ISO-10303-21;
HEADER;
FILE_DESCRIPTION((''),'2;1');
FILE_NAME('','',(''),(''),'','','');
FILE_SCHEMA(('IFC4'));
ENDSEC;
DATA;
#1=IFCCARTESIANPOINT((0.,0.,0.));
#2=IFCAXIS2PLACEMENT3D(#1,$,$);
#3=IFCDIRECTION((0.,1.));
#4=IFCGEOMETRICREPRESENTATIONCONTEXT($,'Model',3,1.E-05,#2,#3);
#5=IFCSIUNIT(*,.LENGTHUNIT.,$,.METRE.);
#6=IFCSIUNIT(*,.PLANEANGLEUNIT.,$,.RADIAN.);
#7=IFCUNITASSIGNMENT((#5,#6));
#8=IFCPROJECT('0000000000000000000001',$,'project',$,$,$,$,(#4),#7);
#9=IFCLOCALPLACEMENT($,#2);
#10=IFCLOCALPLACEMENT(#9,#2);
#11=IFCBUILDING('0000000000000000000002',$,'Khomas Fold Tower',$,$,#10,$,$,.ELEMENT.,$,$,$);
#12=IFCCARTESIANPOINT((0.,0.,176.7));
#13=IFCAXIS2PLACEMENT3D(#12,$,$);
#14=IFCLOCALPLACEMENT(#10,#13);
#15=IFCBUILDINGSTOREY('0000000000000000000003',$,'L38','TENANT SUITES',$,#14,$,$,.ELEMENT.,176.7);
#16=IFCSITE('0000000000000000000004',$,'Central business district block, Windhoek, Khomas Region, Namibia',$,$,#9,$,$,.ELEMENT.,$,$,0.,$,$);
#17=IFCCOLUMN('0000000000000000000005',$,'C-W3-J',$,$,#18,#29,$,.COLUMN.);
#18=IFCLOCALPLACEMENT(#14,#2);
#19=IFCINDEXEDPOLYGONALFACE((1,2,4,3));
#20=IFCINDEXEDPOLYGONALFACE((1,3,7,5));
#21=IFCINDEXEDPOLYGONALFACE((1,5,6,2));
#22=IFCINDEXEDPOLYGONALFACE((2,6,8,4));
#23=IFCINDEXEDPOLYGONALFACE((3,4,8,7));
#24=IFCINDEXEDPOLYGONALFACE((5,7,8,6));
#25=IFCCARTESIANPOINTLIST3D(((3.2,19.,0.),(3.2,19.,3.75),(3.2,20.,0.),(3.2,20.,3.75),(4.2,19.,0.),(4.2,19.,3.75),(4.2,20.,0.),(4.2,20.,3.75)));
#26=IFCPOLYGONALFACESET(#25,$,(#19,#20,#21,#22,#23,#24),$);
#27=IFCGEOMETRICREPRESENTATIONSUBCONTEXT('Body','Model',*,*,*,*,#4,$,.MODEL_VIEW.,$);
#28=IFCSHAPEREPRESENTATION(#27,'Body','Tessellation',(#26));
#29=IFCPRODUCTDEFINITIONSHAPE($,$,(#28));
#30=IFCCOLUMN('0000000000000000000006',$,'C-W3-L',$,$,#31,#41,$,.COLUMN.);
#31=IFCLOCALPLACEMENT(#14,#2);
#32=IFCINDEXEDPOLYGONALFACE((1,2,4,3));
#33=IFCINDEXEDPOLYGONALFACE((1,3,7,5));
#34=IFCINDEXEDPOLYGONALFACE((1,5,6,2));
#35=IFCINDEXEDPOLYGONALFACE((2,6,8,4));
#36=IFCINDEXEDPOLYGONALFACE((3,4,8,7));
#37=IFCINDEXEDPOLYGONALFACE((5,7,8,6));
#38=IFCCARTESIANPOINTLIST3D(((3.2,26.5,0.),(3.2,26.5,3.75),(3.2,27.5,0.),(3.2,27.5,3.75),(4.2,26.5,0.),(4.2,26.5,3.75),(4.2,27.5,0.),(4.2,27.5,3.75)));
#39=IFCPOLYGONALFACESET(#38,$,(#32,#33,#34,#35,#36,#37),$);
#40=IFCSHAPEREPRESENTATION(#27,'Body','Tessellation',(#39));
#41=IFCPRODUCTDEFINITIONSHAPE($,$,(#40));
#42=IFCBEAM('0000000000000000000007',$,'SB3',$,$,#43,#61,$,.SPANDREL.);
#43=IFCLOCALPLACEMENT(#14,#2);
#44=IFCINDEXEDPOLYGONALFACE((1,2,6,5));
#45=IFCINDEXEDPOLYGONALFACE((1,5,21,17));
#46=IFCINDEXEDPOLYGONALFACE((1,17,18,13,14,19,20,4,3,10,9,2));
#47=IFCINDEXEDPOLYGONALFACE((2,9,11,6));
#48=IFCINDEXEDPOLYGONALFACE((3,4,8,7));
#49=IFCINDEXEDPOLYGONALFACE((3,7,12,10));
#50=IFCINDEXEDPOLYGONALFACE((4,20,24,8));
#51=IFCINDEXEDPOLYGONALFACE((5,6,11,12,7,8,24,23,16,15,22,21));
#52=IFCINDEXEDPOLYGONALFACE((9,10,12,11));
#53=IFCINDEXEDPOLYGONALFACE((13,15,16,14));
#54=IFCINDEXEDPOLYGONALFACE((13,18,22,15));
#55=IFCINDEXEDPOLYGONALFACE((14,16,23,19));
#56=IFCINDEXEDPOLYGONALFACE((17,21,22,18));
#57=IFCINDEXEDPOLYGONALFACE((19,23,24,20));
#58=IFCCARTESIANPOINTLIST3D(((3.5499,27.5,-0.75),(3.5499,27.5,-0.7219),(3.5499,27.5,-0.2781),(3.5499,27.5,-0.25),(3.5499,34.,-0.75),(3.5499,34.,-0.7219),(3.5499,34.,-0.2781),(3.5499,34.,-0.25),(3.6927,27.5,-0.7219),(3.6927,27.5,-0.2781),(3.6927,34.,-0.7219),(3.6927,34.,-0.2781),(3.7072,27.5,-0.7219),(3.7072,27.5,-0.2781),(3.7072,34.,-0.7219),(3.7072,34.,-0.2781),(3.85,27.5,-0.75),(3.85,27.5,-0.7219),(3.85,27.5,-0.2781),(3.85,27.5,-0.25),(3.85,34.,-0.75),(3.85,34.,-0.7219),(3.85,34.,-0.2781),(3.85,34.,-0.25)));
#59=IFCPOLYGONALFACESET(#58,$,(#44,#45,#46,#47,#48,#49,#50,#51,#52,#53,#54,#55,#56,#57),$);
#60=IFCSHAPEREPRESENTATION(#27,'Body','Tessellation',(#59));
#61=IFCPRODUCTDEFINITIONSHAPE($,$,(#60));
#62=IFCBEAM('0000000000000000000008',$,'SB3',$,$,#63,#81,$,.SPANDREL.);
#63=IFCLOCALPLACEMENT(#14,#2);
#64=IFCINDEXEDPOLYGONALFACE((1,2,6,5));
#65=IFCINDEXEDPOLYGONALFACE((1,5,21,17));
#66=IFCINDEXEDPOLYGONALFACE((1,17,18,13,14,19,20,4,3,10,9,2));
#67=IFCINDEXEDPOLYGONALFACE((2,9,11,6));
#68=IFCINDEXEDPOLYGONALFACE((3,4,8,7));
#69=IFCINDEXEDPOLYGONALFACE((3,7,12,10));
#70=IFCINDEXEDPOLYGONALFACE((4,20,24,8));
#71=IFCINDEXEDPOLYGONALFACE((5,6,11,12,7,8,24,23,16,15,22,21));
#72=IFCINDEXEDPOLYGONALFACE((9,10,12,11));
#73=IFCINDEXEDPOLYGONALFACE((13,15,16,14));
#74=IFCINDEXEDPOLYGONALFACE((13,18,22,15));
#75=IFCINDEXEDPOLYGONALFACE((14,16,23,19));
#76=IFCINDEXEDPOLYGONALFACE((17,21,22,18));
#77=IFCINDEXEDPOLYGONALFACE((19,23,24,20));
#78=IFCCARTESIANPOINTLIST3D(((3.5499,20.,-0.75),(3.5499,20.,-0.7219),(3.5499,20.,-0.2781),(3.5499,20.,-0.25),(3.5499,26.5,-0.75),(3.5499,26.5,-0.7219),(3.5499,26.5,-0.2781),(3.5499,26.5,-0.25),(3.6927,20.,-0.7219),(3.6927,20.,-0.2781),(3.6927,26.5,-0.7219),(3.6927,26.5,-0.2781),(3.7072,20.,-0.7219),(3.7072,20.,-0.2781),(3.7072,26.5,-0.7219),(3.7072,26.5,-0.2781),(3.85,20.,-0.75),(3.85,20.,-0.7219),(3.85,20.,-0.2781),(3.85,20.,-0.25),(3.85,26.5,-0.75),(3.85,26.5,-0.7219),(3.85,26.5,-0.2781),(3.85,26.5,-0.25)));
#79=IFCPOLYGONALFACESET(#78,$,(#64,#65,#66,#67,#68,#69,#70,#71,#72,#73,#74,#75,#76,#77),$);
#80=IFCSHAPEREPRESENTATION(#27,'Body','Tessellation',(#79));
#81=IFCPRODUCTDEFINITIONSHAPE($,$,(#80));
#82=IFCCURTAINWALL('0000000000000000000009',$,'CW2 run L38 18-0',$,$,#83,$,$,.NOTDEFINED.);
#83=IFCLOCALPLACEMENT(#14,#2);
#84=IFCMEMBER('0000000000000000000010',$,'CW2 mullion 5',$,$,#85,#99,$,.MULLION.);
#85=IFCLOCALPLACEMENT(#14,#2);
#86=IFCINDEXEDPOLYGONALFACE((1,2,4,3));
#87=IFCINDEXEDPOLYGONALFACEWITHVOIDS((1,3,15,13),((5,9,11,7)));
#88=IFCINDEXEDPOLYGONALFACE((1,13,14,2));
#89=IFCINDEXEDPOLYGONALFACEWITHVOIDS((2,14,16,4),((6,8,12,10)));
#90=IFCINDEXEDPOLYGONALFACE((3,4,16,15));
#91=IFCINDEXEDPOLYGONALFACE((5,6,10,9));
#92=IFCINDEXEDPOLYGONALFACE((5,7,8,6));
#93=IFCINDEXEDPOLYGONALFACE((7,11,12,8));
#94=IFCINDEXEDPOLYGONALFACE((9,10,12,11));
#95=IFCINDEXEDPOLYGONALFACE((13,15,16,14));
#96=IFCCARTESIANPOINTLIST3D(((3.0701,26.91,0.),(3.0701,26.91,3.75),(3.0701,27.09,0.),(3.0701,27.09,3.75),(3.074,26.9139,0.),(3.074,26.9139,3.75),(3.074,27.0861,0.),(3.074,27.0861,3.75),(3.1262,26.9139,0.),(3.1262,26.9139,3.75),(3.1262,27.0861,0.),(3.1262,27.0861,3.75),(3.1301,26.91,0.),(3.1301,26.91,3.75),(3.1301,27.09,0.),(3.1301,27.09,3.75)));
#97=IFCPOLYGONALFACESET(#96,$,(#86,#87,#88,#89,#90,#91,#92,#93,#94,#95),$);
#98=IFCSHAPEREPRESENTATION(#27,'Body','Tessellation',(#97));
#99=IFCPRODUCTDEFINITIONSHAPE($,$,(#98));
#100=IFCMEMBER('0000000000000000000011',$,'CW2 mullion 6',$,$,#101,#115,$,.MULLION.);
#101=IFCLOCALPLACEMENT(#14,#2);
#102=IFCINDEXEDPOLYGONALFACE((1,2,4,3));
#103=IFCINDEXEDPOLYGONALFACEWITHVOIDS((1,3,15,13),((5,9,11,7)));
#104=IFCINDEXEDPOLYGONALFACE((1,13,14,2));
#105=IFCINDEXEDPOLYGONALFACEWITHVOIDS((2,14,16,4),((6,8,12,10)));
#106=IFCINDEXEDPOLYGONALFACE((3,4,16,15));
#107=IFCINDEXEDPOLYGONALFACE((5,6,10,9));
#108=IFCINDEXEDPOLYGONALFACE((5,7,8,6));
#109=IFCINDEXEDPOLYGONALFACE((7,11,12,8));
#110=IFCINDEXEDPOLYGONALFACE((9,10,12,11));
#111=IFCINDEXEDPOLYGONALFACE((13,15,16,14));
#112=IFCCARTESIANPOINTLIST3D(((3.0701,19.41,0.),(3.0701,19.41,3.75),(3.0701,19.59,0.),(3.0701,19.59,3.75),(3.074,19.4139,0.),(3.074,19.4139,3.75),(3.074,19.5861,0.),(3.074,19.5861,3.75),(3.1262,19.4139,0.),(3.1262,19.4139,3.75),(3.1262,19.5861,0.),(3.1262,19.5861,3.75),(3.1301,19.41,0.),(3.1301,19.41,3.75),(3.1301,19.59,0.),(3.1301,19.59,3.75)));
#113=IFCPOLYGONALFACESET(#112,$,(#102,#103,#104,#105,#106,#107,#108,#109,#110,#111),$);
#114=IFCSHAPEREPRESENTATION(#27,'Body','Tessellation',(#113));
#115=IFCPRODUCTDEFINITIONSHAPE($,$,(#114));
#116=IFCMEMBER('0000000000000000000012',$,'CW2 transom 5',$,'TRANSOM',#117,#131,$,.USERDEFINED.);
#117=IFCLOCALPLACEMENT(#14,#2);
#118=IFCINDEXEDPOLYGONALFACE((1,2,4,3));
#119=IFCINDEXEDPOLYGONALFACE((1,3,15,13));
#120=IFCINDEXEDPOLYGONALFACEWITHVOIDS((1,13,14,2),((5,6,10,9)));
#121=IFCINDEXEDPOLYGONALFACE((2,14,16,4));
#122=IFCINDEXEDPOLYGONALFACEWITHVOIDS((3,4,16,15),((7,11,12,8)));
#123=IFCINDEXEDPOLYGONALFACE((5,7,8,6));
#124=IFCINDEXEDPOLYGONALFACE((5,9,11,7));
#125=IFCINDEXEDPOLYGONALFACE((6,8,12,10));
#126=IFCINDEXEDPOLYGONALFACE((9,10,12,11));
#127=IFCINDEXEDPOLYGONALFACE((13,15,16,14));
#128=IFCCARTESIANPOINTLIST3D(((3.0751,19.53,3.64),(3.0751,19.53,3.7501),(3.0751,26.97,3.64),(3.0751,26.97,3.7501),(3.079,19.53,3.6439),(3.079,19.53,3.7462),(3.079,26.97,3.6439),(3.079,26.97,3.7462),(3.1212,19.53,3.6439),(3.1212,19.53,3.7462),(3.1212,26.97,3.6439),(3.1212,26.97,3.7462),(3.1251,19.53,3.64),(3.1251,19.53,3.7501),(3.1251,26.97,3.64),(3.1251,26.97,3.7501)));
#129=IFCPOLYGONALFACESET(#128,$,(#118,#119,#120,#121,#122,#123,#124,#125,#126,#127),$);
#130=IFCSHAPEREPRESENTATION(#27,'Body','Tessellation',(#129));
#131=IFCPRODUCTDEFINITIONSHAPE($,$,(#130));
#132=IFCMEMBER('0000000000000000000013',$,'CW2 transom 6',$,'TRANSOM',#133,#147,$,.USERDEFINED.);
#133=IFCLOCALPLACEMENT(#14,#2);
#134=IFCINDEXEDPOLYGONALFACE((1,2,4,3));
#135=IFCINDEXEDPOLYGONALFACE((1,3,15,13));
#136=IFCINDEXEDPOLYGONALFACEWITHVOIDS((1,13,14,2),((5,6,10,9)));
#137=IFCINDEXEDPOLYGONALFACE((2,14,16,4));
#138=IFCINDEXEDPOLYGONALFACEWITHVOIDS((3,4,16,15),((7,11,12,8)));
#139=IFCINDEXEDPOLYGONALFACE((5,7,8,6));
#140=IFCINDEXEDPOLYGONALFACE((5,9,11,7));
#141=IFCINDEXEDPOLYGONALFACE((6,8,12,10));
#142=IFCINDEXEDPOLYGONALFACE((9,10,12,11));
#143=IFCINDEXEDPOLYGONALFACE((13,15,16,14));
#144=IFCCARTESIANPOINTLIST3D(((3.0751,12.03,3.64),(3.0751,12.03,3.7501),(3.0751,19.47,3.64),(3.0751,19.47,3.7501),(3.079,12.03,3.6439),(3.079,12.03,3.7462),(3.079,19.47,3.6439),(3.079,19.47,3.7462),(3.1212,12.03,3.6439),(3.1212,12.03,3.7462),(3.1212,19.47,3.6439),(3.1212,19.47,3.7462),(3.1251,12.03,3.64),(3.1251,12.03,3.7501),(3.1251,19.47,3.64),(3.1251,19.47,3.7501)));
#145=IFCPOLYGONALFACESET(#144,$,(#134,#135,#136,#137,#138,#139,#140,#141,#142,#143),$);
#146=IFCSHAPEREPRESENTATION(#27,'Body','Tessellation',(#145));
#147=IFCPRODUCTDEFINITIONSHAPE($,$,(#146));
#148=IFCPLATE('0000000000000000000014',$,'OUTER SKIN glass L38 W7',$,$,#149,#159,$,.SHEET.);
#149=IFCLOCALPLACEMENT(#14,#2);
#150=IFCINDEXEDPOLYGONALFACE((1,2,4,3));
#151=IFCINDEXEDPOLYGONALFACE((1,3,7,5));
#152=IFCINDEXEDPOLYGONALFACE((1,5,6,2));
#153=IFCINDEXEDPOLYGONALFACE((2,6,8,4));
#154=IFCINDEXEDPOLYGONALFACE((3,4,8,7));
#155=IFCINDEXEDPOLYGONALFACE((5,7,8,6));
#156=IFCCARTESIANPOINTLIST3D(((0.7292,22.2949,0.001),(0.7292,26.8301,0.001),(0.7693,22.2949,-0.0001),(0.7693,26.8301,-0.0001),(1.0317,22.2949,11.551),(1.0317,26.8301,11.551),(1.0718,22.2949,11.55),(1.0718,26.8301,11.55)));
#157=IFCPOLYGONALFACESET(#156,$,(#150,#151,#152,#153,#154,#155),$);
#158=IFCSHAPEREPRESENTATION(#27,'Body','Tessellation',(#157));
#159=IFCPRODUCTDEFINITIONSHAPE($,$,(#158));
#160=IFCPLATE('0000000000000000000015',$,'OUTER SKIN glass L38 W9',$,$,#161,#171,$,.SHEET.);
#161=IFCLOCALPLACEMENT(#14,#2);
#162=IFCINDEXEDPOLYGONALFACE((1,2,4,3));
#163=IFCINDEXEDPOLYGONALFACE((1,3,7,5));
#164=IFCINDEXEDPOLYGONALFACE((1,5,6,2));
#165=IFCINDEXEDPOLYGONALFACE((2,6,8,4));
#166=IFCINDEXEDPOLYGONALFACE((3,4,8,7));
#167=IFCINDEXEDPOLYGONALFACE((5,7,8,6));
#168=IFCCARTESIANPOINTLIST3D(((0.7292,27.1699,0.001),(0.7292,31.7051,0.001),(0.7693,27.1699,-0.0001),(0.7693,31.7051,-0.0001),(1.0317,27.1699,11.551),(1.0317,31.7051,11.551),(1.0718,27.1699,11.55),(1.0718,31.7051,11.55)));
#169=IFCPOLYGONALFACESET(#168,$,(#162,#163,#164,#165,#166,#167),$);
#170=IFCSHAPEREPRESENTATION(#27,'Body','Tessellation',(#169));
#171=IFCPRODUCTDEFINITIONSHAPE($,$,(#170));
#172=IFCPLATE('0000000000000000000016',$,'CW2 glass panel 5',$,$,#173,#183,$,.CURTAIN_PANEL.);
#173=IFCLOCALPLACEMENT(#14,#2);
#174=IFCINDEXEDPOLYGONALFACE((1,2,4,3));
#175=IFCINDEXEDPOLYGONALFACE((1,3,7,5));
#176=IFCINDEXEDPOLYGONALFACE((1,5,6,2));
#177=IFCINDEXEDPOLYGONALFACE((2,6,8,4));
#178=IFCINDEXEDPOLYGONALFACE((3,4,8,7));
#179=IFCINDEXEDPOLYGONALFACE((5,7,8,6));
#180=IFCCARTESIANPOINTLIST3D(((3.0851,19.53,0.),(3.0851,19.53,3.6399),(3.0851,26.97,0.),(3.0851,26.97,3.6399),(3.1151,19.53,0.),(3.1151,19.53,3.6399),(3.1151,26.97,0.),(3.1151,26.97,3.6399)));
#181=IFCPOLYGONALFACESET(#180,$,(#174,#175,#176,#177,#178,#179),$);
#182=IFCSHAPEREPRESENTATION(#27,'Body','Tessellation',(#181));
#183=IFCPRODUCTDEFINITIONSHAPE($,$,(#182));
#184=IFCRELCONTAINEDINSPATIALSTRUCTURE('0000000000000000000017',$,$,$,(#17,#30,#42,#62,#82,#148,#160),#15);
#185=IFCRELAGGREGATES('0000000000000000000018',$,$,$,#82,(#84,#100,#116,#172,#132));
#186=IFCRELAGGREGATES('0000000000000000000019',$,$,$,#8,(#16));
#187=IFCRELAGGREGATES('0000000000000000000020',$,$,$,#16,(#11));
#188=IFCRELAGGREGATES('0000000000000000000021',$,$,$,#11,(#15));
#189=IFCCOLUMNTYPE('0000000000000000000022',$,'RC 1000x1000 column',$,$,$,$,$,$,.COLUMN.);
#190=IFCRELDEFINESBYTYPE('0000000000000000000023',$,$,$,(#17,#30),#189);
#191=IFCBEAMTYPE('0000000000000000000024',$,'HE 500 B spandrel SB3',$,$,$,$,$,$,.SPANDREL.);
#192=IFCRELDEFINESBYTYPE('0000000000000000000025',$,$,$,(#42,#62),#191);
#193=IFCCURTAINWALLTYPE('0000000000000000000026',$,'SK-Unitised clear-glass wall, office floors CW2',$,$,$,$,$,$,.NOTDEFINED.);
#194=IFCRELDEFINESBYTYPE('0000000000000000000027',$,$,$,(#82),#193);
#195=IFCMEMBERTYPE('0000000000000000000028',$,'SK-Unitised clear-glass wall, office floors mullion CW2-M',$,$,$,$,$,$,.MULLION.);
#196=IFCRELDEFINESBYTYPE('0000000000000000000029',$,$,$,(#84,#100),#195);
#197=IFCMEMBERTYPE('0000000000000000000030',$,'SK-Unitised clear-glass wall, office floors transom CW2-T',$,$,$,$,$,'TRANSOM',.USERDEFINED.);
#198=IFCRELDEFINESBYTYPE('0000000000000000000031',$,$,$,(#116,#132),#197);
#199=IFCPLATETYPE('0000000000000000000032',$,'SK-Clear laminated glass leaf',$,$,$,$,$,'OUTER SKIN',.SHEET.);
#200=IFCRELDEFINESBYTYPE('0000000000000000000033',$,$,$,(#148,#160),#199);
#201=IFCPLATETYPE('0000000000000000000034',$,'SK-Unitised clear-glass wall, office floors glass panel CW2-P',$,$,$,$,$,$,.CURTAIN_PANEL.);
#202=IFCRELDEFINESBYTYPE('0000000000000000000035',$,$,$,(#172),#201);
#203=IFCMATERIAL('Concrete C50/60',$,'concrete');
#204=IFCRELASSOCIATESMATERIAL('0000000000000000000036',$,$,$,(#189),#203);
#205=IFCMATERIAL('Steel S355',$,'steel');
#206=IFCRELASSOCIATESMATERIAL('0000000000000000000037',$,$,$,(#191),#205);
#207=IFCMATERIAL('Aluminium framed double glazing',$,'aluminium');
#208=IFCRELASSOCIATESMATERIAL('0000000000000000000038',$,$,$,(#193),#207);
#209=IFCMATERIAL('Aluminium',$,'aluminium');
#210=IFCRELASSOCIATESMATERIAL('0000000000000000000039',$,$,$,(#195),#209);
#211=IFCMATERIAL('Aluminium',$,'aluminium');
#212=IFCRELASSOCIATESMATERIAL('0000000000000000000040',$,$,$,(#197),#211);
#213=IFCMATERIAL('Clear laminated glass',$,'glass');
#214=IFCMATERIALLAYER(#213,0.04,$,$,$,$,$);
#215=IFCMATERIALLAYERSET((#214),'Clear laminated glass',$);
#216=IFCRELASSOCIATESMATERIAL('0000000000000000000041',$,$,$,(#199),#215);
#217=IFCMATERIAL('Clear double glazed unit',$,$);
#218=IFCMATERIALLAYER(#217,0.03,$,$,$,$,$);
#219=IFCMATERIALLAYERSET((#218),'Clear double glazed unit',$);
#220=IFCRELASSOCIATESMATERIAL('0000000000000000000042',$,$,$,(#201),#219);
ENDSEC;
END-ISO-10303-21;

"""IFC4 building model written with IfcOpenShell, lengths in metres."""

from ifc_helpers import new_model, si_unit, direction, frame, origin, origin_2d, place, context, subcontext, project, spatial, polyline, rectangle, hollow_rectangle, i_section, outline, extrude, source, transform, mapped, material, layer, layer_set, material_profile, profile_set, type_object, element, aggregate, save


model = new_model("IFC4")

# Units and contexts
model_context = context("Model", 3, precision=1e-05, world=origin(), true_north=direction((0.0, 1.0)))
body_context = subcontext(model_context, "Body", "Model", "MODEL_VIEW")
ifc_project = project(units=[si_unit("LENGTHUNIT", "METRE"), si_unit("PLANEANGLEUNIT", "RADIAN")], contexts=[model_context])

# Site, building, storey
site_placement = place(None, origin())
site = spatial("IfcSite", under=ifc_project, at=site_placement, Name="Central business district block, Windhoek, Khomas Region, Namibia", CompositionType="ELEMENT", RefElevation=0.0)
building_placement = place(site_placement, origin())
building = spatial("IfcBuilding", under=site, at=building_placement, Name="Khomas Fold Tower", CompositionType="ELEMENT")
storey_placement = place(building_placement, frame((0.0, 0.0, 176.7)))
storey = spatial("IfcBuildingStorey", under=building, at=storey_placement, Name="L38", Description="TENANT SUITES", CompositionType="ELEMENT", Elevation=176.7)

# Columns
ifc_material_1 = material(Name="Concrete C50/60", Category="concrete")
ifc_material_profile_1 = material_profile(ifc_material_1, rectangle(XDim=1.0, YDim=1.0, at=origin_2d()), Name="RC 1000x1000")
ifc_profile_set_1 = profile_set([ifc_material_profile_1], Name="Concrete C50/60")
column_type = type_object("IfcColumnType", Name="RC 1000x1000 column", PredefinedType="COLUMN", material=ifc_profile_set_1)
shared_shape_1 = source(origin(), body_context, "Body", "SweptSolid", [
    extrude(rectangle(XDim=1.0, YDim=1.0, at=origin_2d()), origin(), (0.0, 0.0, 1.0), 3.75),
])
for number, where, z_axis, x_axis, name in (
    (1, (3.7, 19.5, 0.0), (0.0, 0.0, 1.0), (1.0, 0.0, 0.0), "C-W3-J"),
    (2, (3.7, 27.0, 0.0), (0.0, 0.0, 1.0), (1.0, 0.0, 0.0), "C-W3-L"),
):
    element("IfcColumn", number, at=place(storey_placement, frame(where, z_axis=z_axis, x_axis=x_axis)), inside=storey, type_object=column_type, Name=name, PredefinedType="COLUMN", context=body_context, shape_type="MappedRepresentation", body=[
        mapped(shared_shape_1, transform((0.0, 0.0, 0.0))),
    ])

# Beams
ifc_material_2 = material(Name="Steel S355", Category="steel")
ifc_material_profile_2 = material_profile(ifc_material_2, i_section(OverallWidth=0.3, OverallDepth=0.5, WebThickness=0.0144, FlangeThickness=0.0281, at=origin_2d()), Name="HE 500 B")
ifc_profile_set_2 = profile_set([ifc_material_profile_2], Name="Steel S355")
beam_type = type_object("IfcBeamType", Name="HE 500 B spandrel SB3", PredefinedType="SPANDREL", material=ifc_profile_set_2)
shared_shape_2 = source(origin(), body_context, "Body", "SweptSolid", [
    extrude(i_section(OverallWidth=0.3, OverallDepth=0.5, WebThickness=0.0144, FlangeThickness=0.0281, at=origin_2d()), origin(), (0.0, 0.0, 1.0), 6.5),
])
for number, where, z_axis, x_axis, name in (
    (3, (3.7, 27.5, -0.5), (0.0, 1.0, 0.0), (-1.0, 0.0, 0.0), "SB3"),
    (4, (3.7, 20.0, -0.5), (0.0, 1.0, 0.0), (-1.0, 0.0, 0.0), "SB3"),
):
    element("IfcBeam", number, at=place(storey_placement, frame(where, z_axis=z_axis, x_axis=x_axis)), inside=storey, type_object=beam_type, Name=name, PredefinedType="SPANDREL", context=body_context, shape_type="MappedRepresentation", body=[
        mapped(shared_shape_2, transform((0.0, 0.0, 0.0))),
    ])

# Curtain wall, members
ifc_material_3 = material(Name="Aluminium framed double glazing", Category="aluminium")
curtain_wall_type = type_object("IfcCurtainWallType", Name="SK-Unitised clear-glass wall, office floors CW2", PredefinedType="NOTDEFINED", material=ifc_material_3)
curtain_wall_placement = place(storey_placement, origin())
curtain_wall = element("IfcCurtainWall", 5, at=curtain_wall_placement, inside=storey, type_object=curtain_wall_type, Name="CW2 run L38 18-0", PredefinedType="NOTDEFINED")
ifc_material_4 = material(Name="Aluminium", Category="aluminium")
ifc_material_profile_3 = material_profile(ifc_material_4, hollow_rectangle(XDim=0.0601, YDim=0.1799, WallThickness=0.0039, at=origin_2d()), Name="SK-Unitised clear-glass wall, office floors mullion CW2-M")
ifc_profile_set_3 = profile_set([ifc_material_profile_3], Name="Aluminium")
member_type_1 = type_object("IfcMemberType", Name="SK-Unitised clear-glass wall, office floors mullion CW2-M", PredefinedType="MULLION", material=ifc_profile_set_3)
shared_shape_3 = source(origin(), body_context, "Body", "SweptSolid", [
    extrude(hollow_rectangle(XDim=0.0601, YDim=0.1799, WallThickness=0.0039, at=origin_2d()), origin(), (0.0, 0.0, 1.0), 3.75),
])
member_1_placement = place(storey_placement, frame((3.1001, 27.0, 0.0), z_axis=(0.0, 0.0, 1.0), x_axis=(1.0, 0.0, 0.0)))
member_1 = element("IfcMember", 6, at=member_1_placement, type_object=member_type_1, Name="CW2 mullion 5", PredefinedType="MULLION", context=body_context, shape_type="MappedRepresentation", body=[
    mapped(shared_shape_3, transform((0.0, 0.0, 0.0))),
])
member_2_placement = place(storey_placement, frame((3.1001, 19.5, 0.0), z_axis=(0.0, 0.0, 1.0), x_axis=(1.0, 0.0, 0.0)))
member_2 = element("IfcMember", 7, at=member_2_placement, type_object=member_type_1, Name="CW2 mullion 6", PredefinedType="MULLION", context=body_context, shape_type="MappedRepresentation", body=[
    mapped(shared_shape_3, transform((0.0, 0.0, 0.0))),
])
ifc_material_5 = material(Name="Aluminium", Category="aluminium")
ifc_material_profile_4 = material_profile(ifc_material_5, hollow_rectangle(XDim=0.05, YDim=0.1101, WallThickness=0.0039, at=origin_2d()), Name="SK-Unitised clear-glass wall, office floors transom CW2-T")
ifc_profile_set_4 = profile_set([ifc_material_profile_4], Name="Aluminium")
member_type_2 = type_object("IfcMemberType", Name="SK-Unitised clear-glass wall, office floors transom CW2-T", ElementType="TRANSOM", PredefinedType="USERDEFINED", material=ifc_profile_set_4)
shared_shape_4 = source(origin(), body_context, "Body", "SweptSolid", [
    extrude(hollow_rectangle(XDim=0.05, YDim=0.1101, WallThickness=0.0039, at=origin_2d()), origin(), (0.0, 0.0, 1.0), 7.4399),
])
member_3_placement = place(storey_placement, frame((3.1001, 26.97, 3.6951), z_axis=(0.0, -1.0, 0.0), x_axis=(1.0, 0.0, 0.0)))
member_3 = element("IfcMember", 8, at=member_3_placement, type_object=member_type_2, Name="CW2 transom 5", ObjectType="TRANSOM", PredefinedType="USERDEFINED", context=body_context, shape_type="MappedRepresentation", body=[
    mapped(shared_shape_4, transform((0.0, 0.0, 0.0))),
])
member_4_placement = place(storey_placement, frame((3.1001, 19.47, 3.6951), z_axis=(0.0, -1.0, 0.0), x_axis=(1.0, 0.0, 0.0)))
member_4 = element("IfcMember", 9, at=member_4_placement, type_object=member_type_2, Name="CW2 transom 6", ObjectType="TRANSOM", PredefinedType="USERDEFINED", context=body_context, shape_type="MappedRepresentation", body=[
    mapped(shared_shape_4, transform((0.0, 0.0, 0.0))),
])

# Plates
ifc_material_6 = material(Name="Clear laminated glass", Category="glass")
ifc_layer_1 = layer(ifc_material_6, 0.04)
ifc_layer_set_1 = layer_set([ifc_layer_1], Name="Clear laminated glass")
plate_type_1 = type_object("IfcPlateType", Name="SK-Clear laminated glass leaf", ElementType="OUTER SKIN", PredefinedType="SHEET", material=ifc_layer_set_1)
for number, where, z_axis, x_axis, name in (
    (10, (0.7292, 22.2949, 0.001), (-0.999657, 0.0, 0.026181), (0.0, 1.0, 0.0), "OUTER SKIN glass L38 W7"),
    (11, (0.7292, 27.1699, 0.001), (-0.999657, 0.0, 0.026181), (0.0, 1.0, 0.0), "OUTER SKIN glass L38 W9"),
):
    element("IfcPlate", number, at=place(storey_placement, frame(where, z_axis=z_axis, x_axis=x_axis)), inside=storey, type_object=plate_type_1, Name=name, PredefinedType="SHEET", context=body_context, shape_type="SweptSolid", body=[
        extrude(outline(polyline([(0.0, 0.0), (4.5352, 0.0), (4.5352, -11.554), (0.0, -11.554), (0.0, 0.0)])), origin(), (0.0, 0.0, -1.0), 0.04),
    ])

# Plate
ifc_material_7 = material(Name="Clear double glazed unit")
ifc_layer_2 = layer(ifc_material_7, 0.03)
ifc_layer_set_2 = layer_set([ifc_layer_2], Name="Clear double glazed unit")
plate_type_2 = type_object("IfcPlateType", Name="SK-Unitised clear-glass wall, office floors glass panel CW2-P", PredefinedType="CURTAIN_PANEL", material=ifc_layer_set_2)
shared_shape_5 = source(origin(), body_context, "Body", "SweptSolid", [
    extrude(rectangle(XDim=7.4399, YDim=0.03, at=origin_2d()), origin(), (0.0, 0.0, 1.0), 3.6399),
])
plate_placement = place(storey_placement, frame((3.1001, 23.25, 0.0), z_axis=(0.0, 0.0, 1.0), x_axis=(0.0, -1.0, 0.0)))
plate = element("IfcPlate", 12, at=plate_placement, type_object=plate_type_2, Name="CW2 glass panel 5", PredefinedType="CURTAIN_PANEL", context=body_context, shape_type="MappedRepresentation", body=[
    mapped(shared_shape_5, transform((0.0, 0.0, 0.0))),
])
aggregate(curtain_wall, [member_1, member_2, member_3, plate, member_4])

save(model, "model.ifc")
